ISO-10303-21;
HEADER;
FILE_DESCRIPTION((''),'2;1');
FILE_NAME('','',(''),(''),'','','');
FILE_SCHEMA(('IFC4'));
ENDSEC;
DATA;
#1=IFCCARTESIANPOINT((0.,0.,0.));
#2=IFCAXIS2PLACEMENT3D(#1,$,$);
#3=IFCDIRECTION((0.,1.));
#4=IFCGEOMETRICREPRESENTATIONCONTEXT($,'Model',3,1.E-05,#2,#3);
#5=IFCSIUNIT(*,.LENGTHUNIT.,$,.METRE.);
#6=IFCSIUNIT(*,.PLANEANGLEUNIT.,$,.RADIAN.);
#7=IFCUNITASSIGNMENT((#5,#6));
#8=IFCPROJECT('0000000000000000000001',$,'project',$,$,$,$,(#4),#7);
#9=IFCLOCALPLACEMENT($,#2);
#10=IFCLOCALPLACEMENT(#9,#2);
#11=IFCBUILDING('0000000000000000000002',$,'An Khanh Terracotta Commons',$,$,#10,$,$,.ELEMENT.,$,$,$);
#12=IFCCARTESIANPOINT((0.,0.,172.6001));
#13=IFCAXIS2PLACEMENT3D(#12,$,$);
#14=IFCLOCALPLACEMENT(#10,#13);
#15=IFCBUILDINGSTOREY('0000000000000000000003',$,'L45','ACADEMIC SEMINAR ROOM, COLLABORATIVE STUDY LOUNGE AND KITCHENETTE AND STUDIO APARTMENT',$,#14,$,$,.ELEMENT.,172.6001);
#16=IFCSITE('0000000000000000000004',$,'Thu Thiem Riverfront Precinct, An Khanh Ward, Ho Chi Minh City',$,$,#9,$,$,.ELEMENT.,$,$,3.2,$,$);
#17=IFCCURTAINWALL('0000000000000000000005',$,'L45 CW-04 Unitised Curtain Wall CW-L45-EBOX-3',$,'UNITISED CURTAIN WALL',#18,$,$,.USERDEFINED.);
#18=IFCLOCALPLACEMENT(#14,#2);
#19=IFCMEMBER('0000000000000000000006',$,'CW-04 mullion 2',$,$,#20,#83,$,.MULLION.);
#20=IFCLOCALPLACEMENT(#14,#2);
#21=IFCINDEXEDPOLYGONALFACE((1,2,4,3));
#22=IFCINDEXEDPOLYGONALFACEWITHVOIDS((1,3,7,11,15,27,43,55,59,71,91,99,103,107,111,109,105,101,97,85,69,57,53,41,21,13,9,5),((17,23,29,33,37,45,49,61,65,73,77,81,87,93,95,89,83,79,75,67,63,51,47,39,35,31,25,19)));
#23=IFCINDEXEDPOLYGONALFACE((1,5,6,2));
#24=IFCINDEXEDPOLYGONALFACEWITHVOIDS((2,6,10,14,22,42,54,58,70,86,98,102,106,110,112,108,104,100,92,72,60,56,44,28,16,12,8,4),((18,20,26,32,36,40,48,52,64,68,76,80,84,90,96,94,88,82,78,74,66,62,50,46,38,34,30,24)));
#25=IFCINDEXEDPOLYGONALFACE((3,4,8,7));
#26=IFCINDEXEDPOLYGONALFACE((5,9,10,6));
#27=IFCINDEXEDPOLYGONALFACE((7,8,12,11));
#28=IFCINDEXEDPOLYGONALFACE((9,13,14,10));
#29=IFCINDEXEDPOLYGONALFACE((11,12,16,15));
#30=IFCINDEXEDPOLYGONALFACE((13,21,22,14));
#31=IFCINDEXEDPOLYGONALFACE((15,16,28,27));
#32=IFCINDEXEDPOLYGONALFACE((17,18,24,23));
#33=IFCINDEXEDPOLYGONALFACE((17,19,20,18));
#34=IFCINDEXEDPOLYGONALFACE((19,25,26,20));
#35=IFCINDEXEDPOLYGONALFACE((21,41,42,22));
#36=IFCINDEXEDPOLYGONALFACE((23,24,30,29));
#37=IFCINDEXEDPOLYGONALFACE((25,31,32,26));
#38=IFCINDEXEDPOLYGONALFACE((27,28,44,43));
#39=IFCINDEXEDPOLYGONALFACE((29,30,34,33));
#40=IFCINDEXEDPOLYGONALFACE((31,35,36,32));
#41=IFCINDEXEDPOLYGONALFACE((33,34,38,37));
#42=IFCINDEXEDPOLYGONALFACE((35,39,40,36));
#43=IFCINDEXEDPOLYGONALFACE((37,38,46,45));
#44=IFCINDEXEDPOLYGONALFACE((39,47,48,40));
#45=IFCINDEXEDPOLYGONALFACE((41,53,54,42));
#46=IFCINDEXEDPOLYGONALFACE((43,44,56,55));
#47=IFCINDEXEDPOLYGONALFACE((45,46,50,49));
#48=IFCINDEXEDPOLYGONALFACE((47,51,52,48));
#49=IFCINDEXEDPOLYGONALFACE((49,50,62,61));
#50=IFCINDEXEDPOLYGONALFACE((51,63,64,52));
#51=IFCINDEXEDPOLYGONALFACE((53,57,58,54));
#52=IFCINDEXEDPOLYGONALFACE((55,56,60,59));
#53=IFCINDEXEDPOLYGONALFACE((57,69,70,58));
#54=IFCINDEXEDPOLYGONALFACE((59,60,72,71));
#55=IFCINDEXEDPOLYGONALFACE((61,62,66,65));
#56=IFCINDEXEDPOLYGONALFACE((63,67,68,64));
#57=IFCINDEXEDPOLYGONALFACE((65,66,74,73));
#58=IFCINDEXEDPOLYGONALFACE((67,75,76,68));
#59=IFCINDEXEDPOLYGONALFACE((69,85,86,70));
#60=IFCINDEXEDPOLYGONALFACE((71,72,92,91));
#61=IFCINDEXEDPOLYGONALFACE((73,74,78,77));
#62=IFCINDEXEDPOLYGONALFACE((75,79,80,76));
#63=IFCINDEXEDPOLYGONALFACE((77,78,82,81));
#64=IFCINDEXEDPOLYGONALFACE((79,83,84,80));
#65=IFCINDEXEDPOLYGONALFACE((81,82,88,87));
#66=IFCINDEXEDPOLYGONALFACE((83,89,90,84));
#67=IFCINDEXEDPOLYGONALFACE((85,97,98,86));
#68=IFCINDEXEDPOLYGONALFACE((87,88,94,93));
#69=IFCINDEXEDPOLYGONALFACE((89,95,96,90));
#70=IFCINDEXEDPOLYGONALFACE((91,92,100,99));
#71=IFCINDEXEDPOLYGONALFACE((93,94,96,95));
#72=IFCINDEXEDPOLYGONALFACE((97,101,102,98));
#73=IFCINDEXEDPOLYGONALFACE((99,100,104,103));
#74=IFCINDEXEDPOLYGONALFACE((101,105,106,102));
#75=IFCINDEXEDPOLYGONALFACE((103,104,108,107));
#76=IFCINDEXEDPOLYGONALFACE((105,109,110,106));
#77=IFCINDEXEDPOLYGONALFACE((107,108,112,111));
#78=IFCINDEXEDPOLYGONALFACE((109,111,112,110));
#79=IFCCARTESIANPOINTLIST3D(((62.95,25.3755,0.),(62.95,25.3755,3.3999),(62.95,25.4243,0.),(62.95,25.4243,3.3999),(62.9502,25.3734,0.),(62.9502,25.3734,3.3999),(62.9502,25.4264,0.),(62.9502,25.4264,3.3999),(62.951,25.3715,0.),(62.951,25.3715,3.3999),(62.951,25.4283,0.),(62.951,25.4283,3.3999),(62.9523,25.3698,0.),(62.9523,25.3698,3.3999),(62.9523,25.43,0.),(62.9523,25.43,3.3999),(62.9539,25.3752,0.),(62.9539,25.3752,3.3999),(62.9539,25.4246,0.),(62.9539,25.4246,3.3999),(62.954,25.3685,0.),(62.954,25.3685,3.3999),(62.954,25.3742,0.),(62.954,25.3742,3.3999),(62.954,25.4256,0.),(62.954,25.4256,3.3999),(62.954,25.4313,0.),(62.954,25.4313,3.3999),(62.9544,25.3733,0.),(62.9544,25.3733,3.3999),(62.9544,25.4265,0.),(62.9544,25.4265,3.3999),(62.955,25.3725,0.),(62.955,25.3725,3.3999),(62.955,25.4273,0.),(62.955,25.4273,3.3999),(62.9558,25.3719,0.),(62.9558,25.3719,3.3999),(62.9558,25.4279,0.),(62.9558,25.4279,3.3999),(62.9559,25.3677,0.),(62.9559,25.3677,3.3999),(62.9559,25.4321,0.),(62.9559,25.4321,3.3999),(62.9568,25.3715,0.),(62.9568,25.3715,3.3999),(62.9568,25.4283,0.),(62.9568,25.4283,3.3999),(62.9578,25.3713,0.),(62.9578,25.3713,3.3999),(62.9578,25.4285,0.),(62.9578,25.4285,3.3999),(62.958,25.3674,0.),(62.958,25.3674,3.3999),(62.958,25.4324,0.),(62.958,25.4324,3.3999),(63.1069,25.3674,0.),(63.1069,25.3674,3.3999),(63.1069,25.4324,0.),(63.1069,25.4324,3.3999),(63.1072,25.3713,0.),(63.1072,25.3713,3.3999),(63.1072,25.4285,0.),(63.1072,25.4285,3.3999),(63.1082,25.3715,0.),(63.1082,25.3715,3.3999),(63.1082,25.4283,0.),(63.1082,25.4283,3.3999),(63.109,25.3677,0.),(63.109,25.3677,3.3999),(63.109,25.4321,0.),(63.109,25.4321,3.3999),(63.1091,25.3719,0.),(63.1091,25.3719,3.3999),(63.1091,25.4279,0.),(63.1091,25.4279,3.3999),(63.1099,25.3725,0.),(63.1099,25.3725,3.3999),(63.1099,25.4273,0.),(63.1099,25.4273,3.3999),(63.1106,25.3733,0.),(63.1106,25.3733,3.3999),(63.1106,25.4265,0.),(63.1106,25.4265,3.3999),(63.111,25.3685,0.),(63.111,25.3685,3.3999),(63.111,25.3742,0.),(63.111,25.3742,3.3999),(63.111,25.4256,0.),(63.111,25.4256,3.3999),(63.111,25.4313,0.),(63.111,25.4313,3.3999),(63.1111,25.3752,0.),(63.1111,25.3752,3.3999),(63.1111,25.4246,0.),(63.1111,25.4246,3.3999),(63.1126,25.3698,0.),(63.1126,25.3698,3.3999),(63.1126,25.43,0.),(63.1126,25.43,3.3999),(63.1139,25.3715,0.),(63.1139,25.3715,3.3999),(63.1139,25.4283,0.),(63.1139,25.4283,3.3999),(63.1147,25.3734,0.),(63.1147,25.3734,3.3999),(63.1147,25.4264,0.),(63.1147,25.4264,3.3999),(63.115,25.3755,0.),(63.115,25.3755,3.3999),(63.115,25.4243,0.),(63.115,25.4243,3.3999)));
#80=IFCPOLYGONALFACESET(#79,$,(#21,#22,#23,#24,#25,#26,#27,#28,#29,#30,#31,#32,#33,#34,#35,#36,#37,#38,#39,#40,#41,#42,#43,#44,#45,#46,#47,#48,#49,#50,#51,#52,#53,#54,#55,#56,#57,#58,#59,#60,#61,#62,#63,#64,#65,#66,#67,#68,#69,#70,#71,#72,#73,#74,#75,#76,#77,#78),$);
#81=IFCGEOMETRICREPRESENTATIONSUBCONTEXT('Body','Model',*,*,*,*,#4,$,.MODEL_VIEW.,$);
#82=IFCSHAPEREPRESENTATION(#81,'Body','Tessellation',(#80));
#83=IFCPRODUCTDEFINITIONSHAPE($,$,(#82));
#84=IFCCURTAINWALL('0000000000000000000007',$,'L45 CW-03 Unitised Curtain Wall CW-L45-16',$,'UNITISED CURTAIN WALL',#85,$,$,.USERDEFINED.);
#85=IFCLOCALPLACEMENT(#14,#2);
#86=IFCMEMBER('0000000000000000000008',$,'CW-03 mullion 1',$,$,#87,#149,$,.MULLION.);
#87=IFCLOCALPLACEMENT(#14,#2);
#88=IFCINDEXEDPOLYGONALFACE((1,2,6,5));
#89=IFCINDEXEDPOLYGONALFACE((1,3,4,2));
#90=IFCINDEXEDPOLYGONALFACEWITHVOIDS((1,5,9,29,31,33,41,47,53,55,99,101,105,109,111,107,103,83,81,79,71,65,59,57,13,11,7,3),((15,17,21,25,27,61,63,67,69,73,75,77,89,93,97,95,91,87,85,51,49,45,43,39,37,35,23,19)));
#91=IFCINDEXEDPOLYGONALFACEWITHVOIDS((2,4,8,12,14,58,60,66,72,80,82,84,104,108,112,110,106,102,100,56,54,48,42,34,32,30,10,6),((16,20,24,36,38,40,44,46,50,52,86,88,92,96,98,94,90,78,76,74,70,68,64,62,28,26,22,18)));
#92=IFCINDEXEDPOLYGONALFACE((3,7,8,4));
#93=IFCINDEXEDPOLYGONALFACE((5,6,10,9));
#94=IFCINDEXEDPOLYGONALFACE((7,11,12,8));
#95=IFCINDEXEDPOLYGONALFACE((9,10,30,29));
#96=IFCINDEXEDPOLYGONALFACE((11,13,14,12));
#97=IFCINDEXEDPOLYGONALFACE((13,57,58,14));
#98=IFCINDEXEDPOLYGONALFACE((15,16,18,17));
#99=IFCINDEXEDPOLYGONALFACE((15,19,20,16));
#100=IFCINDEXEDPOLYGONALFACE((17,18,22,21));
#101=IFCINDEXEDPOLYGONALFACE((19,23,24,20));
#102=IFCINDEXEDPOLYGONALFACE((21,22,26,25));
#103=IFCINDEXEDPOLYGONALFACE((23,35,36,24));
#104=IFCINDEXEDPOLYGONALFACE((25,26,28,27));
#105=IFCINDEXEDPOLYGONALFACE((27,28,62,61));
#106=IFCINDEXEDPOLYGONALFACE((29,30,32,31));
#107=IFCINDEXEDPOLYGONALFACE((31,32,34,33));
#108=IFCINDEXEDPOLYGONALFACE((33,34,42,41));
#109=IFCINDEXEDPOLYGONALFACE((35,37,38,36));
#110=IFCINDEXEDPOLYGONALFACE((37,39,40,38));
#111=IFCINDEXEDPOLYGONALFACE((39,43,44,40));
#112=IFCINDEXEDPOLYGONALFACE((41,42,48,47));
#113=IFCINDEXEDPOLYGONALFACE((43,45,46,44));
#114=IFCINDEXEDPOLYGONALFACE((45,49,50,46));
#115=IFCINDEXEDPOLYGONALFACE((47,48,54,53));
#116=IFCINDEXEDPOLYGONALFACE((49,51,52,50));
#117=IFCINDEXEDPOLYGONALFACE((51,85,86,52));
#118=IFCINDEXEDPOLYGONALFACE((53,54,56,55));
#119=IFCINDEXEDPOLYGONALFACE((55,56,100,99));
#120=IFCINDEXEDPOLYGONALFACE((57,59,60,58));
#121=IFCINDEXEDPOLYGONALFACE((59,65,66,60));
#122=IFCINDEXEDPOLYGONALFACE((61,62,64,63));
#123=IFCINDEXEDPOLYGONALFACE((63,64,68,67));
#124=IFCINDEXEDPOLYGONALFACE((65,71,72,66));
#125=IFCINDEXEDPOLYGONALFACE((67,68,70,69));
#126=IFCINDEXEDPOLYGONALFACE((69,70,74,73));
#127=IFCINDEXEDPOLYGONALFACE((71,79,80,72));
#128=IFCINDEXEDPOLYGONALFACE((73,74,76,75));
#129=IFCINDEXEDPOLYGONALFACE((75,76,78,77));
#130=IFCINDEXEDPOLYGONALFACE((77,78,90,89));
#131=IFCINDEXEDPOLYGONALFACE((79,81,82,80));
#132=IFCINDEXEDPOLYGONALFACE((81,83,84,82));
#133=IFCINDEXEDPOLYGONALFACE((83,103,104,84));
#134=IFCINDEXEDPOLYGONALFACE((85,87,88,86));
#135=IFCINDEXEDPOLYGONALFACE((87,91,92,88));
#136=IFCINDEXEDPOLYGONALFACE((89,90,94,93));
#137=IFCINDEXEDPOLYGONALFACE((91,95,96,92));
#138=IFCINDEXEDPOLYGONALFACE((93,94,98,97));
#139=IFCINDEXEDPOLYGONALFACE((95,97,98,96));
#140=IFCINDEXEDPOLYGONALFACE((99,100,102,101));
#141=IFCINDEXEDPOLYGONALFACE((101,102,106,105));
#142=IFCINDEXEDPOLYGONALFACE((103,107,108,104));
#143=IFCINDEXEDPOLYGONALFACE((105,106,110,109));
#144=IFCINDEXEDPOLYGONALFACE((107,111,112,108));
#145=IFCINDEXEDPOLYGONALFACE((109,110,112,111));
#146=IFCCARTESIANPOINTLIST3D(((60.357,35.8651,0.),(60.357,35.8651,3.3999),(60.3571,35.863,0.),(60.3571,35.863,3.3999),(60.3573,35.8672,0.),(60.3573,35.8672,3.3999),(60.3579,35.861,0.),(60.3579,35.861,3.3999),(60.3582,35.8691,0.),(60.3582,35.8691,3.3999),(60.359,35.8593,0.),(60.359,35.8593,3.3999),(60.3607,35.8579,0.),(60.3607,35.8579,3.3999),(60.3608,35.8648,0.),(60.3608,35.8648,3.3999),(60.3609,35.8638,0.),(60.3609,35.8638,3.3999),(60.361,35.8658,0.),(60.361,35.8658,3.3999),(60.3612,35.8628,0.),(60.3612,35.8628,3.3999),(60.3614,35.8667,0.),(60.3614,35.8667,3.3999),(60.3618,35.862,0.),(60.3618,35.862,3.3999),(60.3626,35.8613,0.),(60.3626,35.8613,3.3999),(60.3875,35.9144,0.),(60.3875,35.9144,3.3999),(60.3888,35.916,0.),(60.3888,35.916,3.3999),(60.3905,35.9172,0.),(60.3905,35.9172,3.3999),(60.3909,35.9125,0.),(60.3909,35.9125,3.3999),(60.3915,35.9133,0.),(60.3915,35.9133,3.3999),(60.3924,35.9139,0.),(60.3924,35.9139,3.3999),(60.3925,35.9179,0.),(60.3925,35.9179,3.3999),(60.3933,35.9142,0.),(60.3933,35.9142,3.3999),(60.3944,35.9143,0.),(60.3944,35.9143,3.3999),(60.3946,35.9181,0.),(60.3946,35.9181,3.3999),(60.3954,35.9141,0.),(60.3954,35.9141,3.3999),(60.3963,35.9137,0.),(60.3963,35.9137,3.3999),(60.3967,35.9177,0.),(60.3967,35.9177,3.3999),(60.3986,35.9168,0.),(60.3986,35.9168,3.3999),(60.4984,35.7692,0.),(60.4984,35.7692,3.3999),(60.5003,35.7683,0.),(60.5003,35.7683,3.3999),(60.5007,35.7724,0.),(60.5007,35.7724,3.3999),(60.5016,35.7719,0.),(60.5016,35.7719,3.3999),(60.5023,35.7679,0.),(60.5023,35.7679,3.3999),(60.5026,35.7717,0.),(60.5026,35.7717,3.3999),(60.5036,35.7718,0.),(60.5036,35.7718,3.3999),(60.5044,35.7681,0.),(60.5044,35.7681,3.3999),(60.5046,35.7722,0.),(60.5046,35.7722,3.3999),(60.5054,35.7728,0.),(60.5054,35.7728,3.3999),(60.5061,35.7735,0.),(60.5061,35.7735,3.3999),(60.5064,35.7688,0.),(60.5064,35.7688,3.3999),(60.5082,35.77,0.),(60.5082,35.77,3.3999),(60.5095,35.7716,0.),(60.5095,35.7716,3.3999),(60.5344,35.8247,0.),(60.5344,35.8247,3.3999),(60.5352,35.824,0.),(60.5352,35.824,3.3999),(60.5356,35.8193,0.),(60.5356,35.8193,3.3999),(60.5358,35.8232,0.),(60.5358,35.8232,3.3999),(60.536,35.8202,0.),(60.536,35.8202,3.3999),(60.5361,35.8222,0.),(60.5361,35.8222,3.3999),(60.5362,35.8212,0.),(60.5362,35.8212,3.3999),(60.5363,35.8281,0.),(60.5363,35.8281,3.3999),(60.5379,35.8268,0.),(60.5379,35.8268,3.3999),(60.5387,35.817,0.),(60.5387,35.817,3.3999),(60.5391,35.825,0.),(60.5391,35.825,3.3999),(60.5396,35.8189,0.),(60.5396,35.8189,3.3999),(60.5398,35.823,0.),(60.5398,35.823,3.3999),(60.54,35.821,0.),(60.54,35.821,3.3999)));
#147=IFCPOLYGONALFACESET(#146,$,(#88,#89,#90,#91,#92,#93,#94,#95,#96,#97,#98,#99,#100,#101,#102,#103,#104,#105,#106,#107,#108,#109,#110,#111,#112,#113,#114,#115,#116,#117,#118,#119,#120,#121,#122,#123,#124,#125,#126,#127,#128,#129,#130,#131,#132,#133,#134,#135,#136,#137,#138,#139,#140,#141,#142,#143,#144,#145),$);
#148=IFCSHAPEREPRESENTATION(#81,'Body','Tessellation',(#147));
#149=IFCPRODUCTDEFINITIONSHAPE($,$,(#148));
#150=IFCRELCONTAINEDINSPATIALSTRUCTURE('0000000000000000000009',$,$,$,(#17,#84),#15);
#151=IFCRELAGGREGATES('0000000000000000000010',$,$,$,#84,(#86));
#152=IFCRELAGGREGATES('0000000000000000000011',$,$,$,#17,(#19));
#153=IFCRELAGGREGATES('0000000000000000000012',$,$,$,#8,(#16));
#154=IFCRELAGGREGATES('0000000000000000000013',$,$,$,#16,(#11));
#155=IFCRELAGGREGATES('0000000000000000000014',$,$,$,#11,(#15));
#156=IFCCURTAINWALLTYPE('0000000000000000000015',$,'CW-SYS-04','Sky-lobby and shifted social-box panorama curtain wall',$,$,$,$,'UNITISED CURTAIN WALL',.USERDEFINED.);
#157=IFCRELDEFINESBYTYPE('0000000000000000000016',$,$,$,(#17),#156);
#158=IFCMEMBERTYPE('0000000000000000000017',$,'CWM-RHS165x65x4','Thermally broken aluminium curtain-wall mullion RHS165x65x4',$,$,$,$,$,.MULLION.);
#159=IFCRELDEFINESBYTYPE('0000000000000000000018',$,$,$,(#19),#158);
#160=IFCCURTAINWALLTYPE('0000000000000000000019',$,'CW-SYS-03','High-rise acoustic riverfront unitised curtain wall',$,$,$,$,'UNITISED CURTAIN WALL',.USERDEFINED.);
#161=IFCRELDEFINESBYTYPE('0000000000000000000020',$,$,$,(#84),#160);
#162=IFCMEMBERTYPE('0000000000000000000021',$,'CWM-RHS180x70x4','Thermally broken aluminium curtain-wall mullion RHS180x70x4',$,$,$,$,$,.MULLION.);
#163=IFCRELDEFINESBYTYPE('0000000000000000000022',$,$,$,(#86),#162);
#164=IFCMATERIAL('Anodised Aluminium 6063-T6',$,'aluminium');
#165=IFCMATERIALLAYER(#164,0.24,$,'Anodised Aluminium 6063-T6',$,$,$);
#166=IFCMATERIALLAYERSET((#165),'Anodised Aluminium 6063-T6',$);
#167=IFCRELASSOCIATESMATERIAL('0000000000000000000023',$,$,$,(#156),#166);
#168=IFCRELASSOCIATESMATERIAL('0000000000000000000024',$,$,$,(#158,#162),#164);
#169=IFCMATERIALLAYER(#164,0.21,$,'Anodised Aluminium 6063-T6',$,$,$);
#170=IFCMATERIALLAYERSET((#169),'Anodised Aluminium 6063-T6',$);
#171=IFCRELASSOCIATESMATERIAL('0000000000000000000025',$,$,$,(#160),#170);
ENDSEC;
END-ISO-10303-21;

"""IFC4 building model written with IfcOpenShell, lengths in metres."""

from ifc_helpers import new_model, si_unit, direction, frame, origin, origin_2d, place, context, subcontext, project, spatial, hollow_rectangle, extrude, material, layer, layer_set, material_profile, profile_set, type_object, element, aggregate, save


model = new_model("IFC4")

# Units and contexts
model_context = context("Model", 3, precision=1e-05, world=origin(), true_north=direction((0.0, 1.0)))
body_context = subcontext(model_context, "Body", "Model", "MODEL_VIEW")
ifc_project = project(units=[si_unit("LENGTHUNIT", "METRE"), si_unit("PLANEANGLEUNIT", "RADIAN")], contexts=[model_context])

# Site, building, storey
site_placement = place(None, origin())
site = spatial("IfcSite", under=ifc_project, at=site_placement, Name="Thu Thiem Riverfront Precinct, An Khanh Ward, Ho Chi Minh City", CompositionType="ELEMENT", RefElevation=3.2)
building_placement = place(site_placement, origin())
building = spatial("IfcBuilding", under=site, at=building_placement, Name="An Khanh Terracotta Commons", CompositionType="ELEMENT")
storey_placement = place(building_placement, frame((0.0, 0.0, 172.6001)))
storey = spatial("IfcBuildingStorey", under=building, at=storey_placement, Name="L45", Description="ACADEMIC SEMINAR ROOM, COLLABORATIVE STUDY LOUNGE AND KITCHENETTE AND STUDIO APARTMENT", CompositionType="ELEMENT", Elevation=172.6001)

# Shared definitions
ifc_material_1 = material(Name="Anodised Aluminium 6063-T6", Category="aluminium")
ifc_layer_1 = layer(ifc_material_1, 0.24, Name="Anodised Aluminium 6063-T6")
ifc_layer_set_1 = layer_set([ifc_layer_1], Name="Anodised Aluminium 6063-T6")
curtain_wall_type_1 = type_object("IfcCurtainWallType", Name="CW-SYS-04", Description="Sky-lobby and shifted social-box panorama curtain wall", ElementType="UNITISED CURTAIN WALL", PredefinedType="USERDEFINED", material=ifc_layer_set_1)
ifc_material_profile_1 = material_profile(ifc_material_1, hollow_rectangle(XDim=0.0649, YDim=0.165, WallThickness=0.0039, InnerFilletRadius=0.0039, OuterFilletRadius=0.0081, at=origin_2d()), Name="RHS165x65x4")
ifc_profile_set_1 = profile_set([ifc_material_profile_1], Name="Anodised Aluminium 6063-T6")
member_type_1 = type_object("IfcMemberType", Name="CWM-RHS165x65x4", Description="Thermally broken aluminium curtain-wall mullion RHS165x65x4", PredefinedType="MULLION", material=ifc_profile_set_1)

# Curtain walls, members
curtain_wall_1_placement = place(storey_placement, origin())
curtain_wall_1 = element("IfcCurtainWall", 1, at=curtain_wall_1_placement, inside=storey, type_object=curtain_wall_type_1, Name="L45 CW-04 Unitised Curtain Wall CW-L45-EBOX-3", ObjectType="UNITISED CURTAIN WALL", PredefinedType="USERDEFINED")
member_1_placement = place(storey_placement, frame((63.0325, 25.3999, 0.0), z_axis=(0.0, 0.0, 1.0), x_axis=(0.0, -1.0, 0.0)))
member_1 = element("IfcMember", 2, at=member_1_placement, type_object=member_type_1, Name="CW-04 mullion 2", PredefinedType="MULLION", context=body_context, shape_type="SweptSolid", body=[
    extrude(hollow_rectangle(XDim=0.0649, YDim=0.165, WallThickness=0.0039, InnerFilletRadius=0.0039, OuterFilletRadius=0.0081, at=origin_2d()), origin(), (0.0, 0.0, 1.0), 3.3999),
])
ifc_layer_2 = layer(ifc_material_1, 0.21, Name="Anodised Aluminium 6063-T6")
ifc_layer_set_2 = layer_set([ifc_layer_2], Name="Anodised Aluminium 6063-T6")
curtain_wall_type_2 = type_object("IfcCurtainWallType", Name="CW-SYS-03", Description="High-rise acoustic riverfront unitised curtain wall", ElementType="UNITISED CURTAIN WALL", PredefinedType="USERDEFINED", material=ifc_layer_set_2)
curtain_wall_2_placement = place(storey_placement, origin())
curtain_wall_2 = element("IfcCurtainWall", 3, at=curtain_wall_2_placement, inside=storey, type_object=curtain_wall_type_2, Name="L45 CW-03 Unitised Curtain Wall CW-L45-16", ObjectType="UNITISED CURTAIN WALL", PredefinedType="USERDEFINED")
ifc_material_profile_2 = material_profile(ifc_material_1, hollow_rectangle(XDim=0.0701, YDim=0.1799, WallThickness=0.0039, InnerFilletRadius=0.0039, OuterFilletRadius=0.0081, at=origin_2d()), Name="RHS180x70x4")
ifc_profile_set_2 = profile_set([ifc_material_profile_2], Name="Anodised Aluminium 6063-T6")
member_type_2 = type_object("IfcMemberType", Name="CWM-RHS180x70x4", Description="Thermally broken aluminium curtain-wall mullion RHS180x70x4", PredefinedType="MULLION", material=ifc_profile_set_2)
member_2_placement = place(storey_placement, frame((60.4485, 35.843, 0.0), z_axis=(0.0, 0.0, 1.0), x_axis=(-0.541498, -0.840702, 0.0)))
member_2 = element("IfcMember", 4, at=member_2_placement, type_object=member_type_2, Name="CW-03 mullion 1", PredefinedType="MULLION", context=body_context, shape_type="SweptSolid", body=[
    extrude(hollow_rectangle(XDim=0.0701, YDim=0.1799, WallThickness=0.0039, InnerFilletRadius=0.0039, OuterFilletRadius=0.0081, at=origin_2d()), origin(), (0.0, 0.0, 1.0), 3.3999),
])

aggregate(curtain_wall_2, [member_2])
aggregate(curtain_wall_1, [member_1])

save(model, "model.ifc")
